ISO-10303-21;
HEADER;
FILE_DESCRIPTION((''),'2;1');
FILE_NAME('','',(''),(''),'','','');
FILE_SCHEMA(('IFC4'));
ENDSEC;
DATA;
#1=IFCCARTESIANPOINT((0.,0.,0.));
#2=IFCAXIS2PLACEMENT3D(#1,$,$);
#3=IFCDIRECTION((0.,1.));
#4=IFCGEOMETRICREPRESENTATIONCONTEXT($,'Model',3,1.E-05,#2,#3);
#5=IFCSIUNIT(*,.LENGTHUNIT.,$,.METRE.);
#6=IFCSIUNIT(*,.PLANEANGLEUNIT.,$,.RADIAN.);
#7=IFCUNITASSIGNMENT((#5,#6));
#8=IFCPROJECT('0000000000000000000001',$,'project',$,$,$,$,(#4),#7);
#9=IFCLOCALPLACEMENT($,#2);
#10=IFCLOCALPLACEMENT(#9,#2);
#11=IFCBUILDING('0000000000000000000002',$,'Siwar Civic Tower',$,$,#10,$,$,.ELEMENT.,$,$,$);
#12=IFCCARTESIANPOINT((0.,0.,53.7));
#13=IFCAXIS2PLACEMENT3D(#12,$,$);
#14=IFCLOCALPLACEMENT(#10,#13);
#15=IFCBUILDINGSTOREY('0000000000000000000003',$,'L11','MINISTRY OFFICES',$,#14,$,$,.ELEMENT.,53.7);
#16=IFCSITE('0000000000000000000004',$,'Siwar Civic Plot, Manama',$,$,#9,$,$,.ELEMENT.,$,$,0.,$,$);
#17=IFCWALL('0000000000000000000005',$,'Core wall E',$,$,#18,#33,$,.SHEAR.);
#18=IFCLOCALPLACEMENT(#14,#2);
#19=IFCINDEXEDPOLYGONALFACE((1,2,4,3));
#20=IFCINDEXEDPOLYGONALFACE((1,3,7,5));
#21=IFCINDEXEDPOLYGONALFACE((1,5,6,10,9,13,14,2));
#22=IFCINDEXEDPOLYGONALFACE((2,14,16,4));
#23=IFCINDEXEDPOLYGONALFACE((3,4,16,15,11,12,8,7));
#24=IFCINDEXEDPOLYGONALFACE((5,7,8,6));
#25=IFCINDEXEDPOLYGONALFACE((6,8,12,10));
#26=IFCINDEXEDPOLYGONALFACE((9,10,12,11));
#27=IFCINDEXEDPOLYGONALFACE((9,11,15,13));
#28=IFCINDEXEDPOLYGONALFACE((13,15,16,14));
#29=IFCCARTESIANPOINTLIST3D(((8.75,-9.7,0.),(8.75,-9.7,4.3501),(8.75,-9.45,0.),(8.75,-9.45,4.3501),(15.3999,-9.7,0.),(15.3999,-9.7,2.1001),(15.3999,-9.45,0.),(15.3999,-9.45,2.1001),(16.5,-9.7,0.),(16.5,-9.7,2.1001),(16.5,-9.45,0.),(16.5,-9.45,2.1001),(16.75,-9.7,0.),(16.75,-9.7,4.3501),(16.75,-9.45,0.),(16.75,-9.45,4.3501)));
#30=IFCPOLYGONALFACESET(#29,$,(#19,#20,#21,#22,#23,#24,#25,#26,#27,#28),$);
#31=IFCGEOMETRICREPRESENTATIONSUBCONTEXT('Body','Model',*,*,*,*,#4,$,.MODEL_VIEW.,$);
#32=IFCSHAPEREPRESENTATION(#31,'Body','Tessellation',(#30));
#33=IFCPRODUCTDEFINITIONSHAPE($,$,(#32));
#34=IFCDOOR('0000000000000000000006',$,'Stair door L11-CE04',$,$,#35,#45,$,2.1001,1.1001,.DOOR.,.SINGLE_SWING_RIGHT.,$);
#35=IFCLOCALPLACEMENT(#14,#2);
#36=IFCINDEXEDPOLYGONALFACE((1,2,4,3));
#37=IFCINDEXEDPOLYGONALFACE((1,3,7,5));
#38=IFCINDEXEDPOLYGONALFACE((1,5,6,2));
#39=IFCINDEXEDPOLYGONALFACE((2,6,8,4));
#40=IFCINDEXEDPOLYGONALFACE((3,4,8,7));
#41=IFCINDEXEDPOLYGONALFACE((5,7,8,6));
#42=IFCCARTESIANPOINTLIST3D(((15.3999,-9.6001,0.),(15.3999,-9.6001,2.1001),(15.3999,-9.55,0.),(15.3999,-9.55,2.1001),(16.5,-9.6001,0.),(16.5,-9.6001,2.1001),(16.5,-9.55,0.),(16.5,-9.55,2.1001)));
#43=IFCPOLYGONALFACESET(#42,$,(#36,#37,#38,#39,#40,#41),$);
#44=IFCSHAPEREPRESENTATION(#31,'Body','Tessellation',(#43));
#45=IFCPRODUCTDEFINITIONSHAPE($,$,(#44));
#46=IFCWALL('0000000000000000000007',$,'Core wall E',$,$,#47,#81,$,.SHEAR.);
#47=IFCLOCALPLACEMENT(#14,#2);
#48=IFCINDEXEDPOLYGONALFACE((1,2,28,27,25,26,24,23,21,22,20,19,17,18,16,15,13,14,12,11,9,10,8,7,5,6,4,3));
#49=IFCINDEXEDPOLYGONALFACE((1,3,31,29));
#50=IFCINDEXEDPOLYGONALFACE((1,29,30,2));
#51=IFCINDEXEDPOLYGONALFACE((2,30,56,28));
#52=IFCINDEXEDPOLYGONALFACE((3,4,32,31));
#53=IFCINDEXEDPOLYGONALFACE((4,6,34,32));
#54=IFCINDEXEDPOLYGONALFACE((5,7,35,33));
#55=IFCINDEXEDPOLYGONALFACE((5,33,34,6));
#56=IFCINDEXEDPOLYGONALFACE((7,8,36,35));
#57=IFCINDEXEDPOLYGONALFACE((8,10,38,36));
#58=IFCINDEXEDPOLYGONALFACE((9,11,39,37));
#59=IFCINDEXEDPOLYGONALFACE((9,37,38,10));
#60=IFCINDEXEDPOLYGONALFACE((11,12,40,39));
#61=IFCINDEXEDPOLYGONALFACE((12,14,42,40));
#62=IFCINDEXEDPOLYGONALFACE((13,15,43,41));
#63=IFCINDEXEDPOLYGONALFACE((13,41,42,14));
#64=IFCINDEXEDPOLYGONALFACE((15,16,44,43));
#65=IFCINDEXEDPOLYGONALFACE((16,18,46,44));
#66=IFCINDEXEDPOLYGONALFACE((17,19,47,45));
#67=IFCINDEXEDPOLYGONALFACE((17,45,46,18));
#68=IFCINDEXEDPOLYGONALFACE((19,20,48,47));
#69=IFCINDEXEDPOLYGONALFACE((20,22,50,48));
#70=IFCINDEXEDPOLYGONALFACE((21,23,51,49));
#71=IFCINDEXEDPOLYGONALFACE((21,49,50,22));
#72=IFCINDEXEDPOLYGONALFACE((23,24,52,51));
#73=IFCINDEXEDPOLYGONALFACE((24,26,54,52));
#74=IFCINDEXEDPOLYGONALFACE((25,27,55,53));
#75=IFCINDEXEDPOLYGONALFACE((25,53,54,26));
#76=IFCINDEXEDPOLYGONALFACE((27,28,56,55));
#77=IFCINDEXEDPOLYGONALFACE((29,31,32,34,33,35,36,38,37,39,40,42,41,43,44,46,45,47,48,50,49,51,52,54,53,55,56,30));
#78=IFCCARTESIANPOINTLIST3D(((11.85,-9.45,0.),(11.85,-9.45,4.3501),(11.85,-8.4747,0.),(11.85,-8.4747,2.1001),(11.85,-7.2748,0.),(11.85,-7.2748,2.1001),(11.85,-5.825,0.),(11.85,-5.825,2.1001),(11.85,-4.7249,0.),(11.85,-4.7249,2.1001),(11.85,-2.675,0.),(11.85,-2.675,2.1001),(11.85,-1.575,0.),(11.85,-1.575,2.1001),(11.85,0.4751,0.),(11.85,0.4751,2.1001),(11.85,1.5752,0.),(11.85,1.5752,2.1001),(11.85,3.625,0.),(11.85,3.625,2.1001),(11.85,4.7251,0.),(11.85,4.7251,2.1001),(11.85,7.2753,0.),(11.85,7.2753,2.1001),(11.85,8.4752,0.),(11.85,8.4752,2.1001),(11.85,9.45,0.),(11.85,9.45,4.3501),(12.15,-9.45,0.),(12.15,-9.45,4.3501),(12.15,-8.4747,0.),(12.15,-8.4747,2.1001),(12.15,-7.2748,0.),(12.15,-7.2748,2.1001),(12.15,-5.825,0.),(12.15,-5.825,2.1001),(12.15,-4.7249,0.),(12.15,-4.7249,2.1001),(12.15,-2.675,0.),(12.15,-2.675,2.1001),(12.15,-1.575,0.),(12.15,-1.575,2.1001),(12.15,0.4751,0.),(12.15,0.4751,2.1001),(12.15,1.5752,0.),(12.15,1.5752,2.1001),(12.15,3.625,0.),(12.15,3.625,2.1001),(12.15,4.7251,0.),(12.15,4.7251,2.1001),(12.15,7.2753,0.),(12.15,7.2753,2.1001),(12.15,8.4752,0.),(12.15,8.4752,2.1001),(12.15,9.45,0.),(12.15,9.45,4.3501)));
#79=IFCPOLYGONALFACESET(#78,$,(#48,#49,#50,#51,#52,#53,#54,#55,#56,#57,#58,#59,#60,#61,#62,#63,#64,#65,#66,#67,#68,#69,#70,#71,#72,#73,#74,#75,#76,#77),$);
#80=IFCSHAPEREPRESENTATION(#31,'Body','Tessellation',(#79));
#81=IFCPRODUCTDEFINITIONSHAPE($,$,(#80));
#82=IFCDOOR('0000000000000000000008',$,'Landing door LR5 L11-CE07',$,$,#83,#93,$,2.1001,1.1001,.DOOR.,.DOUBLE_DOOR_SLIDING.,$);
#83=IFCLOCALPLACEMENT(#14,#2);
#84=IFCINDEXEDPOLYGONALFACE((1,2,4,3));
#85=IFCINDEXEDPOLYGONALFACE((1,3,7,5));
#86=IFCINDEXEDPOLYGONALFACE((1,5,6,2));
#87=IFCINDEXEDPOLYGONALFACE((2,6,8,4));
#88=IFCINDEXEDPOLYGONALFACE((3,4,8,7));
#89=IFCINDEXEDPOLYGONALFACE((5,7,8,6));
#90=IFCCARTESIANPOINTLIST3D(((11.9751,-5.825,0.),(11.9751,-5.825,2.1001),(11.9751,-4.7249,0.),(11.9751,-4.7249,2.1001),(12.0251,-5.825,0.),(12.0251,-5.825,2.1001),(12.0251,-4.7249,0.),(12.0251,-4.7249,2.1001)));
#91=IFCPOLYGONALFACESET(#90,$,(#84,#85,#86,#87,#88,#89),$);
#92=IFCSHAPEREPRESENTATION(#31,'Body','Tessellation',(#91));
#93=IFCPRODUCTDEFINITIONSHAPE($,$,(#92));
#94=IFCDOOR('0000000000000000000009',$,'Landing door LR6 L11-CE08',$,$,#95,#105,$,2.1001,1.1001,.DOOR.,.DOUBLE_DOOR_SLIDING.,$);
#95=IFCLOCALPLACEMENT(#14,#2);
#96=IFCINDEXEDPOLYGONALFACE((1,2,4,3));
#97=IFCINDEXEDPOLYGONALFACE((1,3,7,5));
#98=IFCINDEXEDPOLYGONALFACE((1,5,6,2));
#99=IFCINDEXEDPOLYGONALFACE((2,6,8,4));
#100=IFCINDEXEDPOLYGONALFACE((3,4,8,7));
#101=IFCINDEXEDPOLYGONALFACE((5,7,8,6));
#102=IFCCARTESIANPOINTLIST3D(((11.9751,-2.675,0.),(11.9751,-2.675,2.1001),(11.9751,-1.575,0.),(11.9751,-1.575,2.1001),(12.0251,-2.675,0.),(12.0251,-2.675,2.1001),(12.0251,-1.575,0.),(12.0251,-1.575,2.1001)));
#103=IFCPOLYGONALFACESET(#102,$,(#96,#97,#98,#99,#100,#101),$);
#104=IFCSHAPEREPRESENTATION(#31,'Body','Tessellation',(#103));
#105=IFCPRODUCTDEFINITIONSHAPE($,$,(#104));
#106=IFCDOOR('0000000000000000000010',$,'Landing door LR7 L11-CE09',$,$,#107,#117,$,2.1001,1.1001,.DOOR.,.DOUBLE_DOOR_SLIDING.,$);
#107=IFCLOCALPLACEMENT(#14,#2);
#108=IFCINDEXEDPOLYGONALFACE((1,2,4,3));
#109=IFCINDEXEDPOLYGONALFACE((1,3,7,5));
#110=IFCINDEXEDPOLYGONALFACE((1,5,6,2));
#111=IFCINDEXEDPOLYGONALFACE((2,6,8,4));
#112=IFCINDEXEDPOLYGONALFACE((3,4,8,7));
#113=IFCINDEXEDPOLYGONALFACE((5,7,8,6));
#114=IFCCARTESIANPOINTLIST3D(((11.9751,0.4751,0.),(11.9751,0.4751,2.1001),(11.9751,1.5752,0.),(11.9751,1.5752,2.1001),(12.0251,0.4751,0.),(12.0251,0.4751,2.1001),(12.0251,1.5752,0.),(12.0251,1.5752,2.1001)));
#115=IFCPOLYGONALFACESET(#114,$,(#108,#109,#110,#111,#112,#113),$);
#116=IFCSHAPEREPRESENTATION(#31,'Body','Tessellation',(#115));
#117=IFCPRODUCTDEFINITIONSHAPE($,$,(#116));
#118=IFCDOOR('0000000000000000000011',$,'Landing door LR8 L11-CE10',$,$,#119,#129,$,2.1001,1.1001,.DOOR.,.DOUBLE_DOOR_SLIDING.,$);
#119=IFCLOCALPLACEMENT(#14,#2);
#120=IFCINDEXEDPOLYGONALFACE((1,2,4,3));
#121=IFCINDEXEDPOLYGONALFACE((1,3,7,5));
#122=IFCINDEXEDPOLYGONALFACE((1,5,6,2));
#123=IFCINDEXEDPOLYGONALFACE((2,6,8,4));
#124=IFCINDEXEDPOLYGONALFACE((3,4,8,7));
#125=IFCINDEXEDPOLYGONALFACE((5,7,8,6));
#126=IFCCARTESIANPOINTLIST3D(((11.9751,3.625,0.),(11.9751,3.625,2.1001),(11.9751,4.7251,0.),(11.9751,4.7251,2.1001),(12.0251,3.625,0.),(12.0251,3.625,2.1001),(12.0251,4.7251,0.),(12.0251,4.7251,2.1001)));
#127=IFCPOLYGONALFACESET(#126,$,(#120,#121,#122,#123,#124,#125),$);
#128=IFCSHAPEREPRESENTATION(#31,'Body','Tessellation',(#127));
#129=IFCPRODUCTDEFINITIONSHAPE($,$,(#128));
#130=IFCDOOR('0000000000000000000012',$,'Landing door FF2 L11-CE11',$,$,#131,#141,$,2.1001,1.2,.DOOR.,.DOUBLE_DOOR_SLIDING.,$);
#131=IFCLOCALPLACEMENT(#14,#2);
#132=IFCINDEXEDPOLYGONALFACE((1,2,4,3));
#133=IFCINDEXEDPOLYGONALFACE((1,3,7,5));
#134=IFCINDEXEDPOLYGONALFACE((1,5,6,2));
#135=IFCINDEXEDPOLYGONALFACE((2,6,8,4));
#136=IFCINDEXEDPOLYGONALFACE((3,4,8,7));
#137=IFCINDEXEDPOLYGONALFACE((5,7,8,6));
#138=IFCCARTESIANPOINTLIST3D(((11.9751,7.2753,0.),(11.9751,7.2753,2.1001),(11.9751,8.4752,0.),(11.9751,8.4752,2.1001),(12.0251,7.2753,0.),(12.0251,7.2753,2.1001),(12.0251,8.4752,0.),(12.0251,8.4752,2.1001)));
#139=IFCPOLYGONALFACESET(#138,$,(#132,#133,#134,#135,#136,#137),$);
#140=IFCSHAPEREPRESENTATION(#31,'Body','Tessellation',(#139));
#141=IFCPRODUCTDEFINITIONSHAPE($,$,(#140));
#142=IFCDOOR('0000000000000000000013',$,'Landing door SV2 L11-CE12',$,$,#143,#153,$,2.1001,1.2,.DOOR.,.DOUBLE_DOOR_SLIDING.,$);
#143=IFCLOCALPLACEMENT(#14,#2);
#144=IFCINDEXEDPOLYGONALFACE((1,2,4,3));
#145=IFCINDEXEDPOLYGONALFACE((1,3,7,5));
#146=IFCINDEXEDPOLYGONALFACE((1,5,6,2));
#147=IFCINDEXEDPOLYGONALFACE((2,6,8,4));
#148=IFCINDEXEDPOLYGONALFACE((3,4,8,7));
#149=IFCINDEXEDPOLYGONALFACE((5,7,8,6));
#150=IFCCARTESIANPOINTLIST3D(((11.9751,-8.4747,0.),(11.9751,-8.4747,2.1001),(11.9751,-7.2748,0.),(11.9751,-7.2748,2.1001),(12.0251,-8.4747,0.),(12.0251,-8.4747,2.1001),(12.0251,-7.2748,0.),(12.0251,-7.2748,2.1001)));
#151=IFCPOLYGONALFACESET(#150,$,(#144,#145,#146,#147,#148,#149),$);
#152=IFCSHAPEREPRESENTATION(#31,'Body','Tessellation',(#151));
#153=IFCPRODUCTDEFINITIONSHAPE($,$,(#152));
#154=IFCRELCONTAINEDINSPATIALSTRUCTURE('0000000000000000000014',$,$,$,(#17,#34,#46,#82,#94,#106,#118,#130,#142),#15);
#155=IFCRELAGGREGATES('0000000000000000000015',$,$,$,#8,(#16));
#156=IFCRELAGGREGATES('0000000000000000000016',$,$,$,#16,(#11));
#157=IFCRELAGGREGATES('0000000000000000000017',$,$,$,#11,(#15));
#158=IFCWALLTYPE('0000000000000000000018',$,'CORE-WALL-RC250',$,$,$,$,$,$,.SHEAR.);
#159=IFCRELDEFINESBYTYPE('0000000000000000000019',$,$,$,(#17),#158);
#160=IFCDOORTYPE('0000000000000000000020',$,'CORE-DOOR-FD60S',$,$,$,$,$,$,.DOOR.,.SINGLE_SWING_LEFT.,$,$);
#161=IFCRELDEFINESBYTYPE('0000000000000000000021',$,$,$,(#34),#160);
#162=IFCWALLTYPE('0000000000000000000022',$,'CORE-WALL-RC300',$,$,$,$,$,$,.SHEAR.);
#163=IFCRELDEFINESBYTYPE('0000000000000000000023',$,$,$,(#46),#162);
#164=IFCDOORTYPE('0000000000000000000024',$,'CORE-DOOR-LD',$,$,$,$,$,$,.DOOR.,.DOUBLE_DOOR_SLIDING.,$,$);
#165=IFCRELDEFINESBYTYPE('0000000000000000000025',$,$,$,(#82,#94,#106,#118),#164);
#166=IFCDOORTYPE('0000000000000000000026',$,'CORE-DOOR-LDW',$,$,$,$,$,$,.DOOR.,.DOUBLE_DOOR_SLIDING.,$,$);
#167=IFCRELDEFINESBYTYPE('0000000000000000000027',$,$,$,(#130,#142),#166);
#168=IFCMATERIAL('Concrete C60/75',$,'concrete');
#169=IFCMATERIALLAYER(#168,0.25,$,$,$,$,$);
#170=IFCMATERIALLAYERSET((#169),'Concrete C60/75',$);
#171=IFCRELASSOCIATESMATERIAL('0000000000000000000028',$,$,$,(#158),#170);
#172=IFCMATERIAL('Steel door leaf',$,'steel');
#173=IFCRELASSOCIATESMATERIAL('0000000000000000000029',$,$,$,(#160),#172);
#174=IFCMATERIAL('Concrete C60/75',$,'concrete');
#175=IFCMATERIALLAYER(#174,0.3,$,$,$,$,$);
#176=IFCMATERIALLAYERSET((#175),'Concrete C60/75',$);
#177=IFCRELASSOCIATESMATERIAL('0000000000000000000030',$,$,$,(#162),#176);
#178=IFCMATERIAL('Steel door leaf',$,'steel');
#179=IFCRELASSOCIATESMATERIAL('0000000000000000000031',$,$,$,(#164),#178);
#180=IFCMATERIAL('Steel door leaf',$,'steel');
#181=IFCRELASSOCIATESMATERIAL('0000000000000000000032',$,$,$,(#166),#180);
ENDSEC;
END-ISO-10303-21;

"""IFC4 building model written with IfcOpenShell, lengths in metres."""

from ifc_helpers import new_model, si_unit, direction, frame, frame_2d, origin, place, context, subcontext, project, spatial, rectangle, extrude, material, layer, layer_set, type_object, element, fill, save


model = new_model("IFC4")

# Units and contexts
model_context = context("Model", 3, precision=1e-05, world=origin(), true_north=direction((0.0, 1.0)))
body_context = subcontext(model_context, "Body", "Model", "MODEL_VIEW")
ifc_project = project(units=[si_unit("LENGTHUNIT", "METRE"), si_unit("PLANEANGLEUNIT", "RADIAN")], contexts=[model_context])

# Site, building, storey
site_placement = place(None, origin())
site = spatial("IfcSite", under=ifc_project, at=site_placement, Name="Siwar Civic Plot, Manama", CompositionType="ELEMENT", RefElevation=0.0)
building_placement = place(site_placement, origin())
building = spatial("IfcBuilding", under=site, at=building_placement, Name="Siwar Civic Tower", CompositionType="ELEMENT")
storey_placement = place(building_placement, frame((0.0, 0.0, 53.7)))
storey = spatial("IfcBuildingStorey", under=building, at=storey_placement, Name="L11", Description="MINISTRY OFFICES", CompositionType="ELEMENT", Elevation=53.7)

# Wall, opening, door
ifc_material_1 = material(Name="Concrete C60/75", Category="concrete")
ifc_layer_1 = layer(ifc_material_1, 0.25)
ifc_layer_set_1 = layer_set([ifc_layer_1], Name="Concrete C60/75")
wall_type_1 = type_object("IfcWallType", Name="CORE-WALL-RC250", PredefinedType="SHEAR", material=ifc_layer_set_1)
wall_1_placement = place(storey_placement, frame((8.75, -9.575, 0.0), z_axis=(0.0, 0.0, 1.0), x_axis=(1.0, 0.0, 0.0)))
wall_1 = element("IfcWall", 1, at=wall_1_placement, inside=storey, type_object=wall_type_1, Name="Core wall E", PredefinedType="SHEAR", context=body_context, shape_type="SweptSolid", body=[
    extrude(rectangle(XDim=8.0, YDim=0.25, at=frame_2d((4.0, 0.0))), origin(), (0.0, 0.0, 1.0), 4.3501),
])
opening_1_placement = place(wall_1_placement, frame((6.6499, 0.0, 0.0)))
opening_1 = element("IfcOpeningElement", 2, at=opening_1_placement, cuts=wall_1, PredefinedType="OPENING", context=body_context, shape_type="SweptSolid", body=[
    extrude(rectangle(XDim=1.1001, YDim=2.1001, at=frame_2d((0.55, 1.05))), frame((0.0, 0.135, 0.0), z_axis=(0.0, -1.0, 0.0), x_axis=(1.0, 0.0, 0.0)), (0.0, 0.0, 1.0), 0.27),
])
ifc_material_2 = material(Name="Steel door leaf", Category="steel")
door_type_1 = type_object("IfcDoorType", Name="CORE-DOOR-FD60S", OperationType="SINGLE_SWING_LEFT", PredefinedType="DOOR", material=ifc_material_2)
door_1_placement = place(opening_1_placement, origin())
door_1 = element("IfcDoor", 3, at=door_1_placement, inside=storey, type_object=door_type_1, Name="Stair door L11-CE04", OperationType="SINGLE_SWING_RIGHT", OverallHeight=2.1001, OverallWidth=1.1001, PredefinedType="DOOR", context=body_context, shape_type="SweptSolid", body=[
    extrude(rectangle(XDim=1.1001, YDim=2.1001, at=frame_2d((0.55, 1.05))), frame((0.0, 0.0249, 0.0), z_axis=(0.0, -1.0, 0.0), x_axis=(1.0, 0.0, 0.0)), (0.0, 0.0, 1.0), 0.05),
])
fill(opening_1, door_1)

# Wall, openings, doors
ifc_material_3 = material(Name="Concrete C60/75", Category="concrete")
ifc_layer_2 = layer(ifc_material_3, 0.3)
ifc_layer_set_2 = layer_set([ifc_layer_2], Name="Concrete C60/75")
wall_type_2 = type_object("IfcWallType", Name="CORE-WALL-RC300", PredefinedType="SHEAR", material=ifc_layer_set_2)
wall_2_placement = place(storey_placement, frame((12.0, -9.45, 0.0), z_axis=(0.0, 0.0, 1.0), x_axis=(0.0, 1.0, 0.0)))
wall_2 = element("IfcWall", 4, at=wall_2_placement, inside=storey, type_object=wall_type_2, Name="Core wall E", PredefinedType="SHEAR", context=body_context, shape_type="SweptSolid", body=[
    extrude(rectangle(XDim=18.8999, YDim=0.3, at=frame_2d((9.45, 0.0))), origin(), (0.0, 0.0, 1.0), 4.3501),
])
opening_2_placement = place(wall_2_placement, frame((3.625, 0.0, 0.0)))
opening_2 = element("IfcOpeningElement", 5, at=opening_2_placement, cuts=wall_2, PredefinedType="OPENING", context=body_context, shape_type="SweptSolid", body=[
    extrude(rectangle(XDim=1.1001, YDim=2.1001, at=frame_2d((0.55, 1.05))), frame((0.0, 0.1602, 0.0), z_axis=(0.0, -1.0, 0.0), x_axis=(1.0, 0.0, 0.0)), (0.0, 0.0, 1.0), 0.3201),
])
opening_3_placement = place(wall_2_placement, frame((6.7749, 0.0, 0.0)))
opening_3 = element("IfcOpeningElement", 6, at=opening_3_placement, cuts=wall_2, PredefinedType="OPENING", context=body_context, shape_type="SweptSolid", body=[
    extrude(rectangle(XDim=1.1001, YDim=2.1001, at=frame_2d((0.55, 1.05))), frame((0.0, 0.1602, 0.0), z_axis=(0.0, -1.0, 0.0), x_axis=(1.0, 0.0, 0.0)), (0.0, 0.0, 1.0), 0.3201),
])
opening_4_placement = place(wall_2_placement, frame((9.925, 0.0, 0.0)))
opening_4 = element("IfcOpeningElement", 7, at=opening_4_placement, cuts=wall_2, PredefinedType="OPENING", context=body_context, shape_type="SweptSolid", body=[
    extrude(rectangle(XDim=1.1001, YDim=2.1001, at=frame_2d((0.55, 1.05))), frame((0.0, 0.1602, 0.0), z_axis=(0.0, -1.0, 0.0), x_axis=(1.0, 0.0, 0.0)), (0.0, 0.0, 1.0), 0.3201),
])
opening_5_placement = place(wall_2_placement, frame((13.075, 0.0, 0.0)))
opening_5 = element("IfcOpeningElement", 8, at=opening_5_placement, cuts=wall_2, PredefinedType="OPENING", context=body_context, shape_type="SweptSolid", body=[
    extrude(rectangle(XDim=1.1001, YDim=2.1001, at=frame_2d((0.55, 1.05))), frame((0.0, 0.1602, 0.0), z_axis=(0.0, -1.0, 0.0), x_axis=(1.0, 0.0, 0.0)), (0.0, 0.0, 1.0), 0.3201),
])
opening_6_placement = place(wall_2_placement, frame((16.7251, 0.0, 0.0)))
opening_6 = element("IfcOpeningElement", 9, at=opening_6_placement, cuts=wall_2, PredefinedType="OPENING", context=body_context, shape_type="SweptSolid", body=[
    extrude(rectangle(XDim=1.2, YDim=2.1001, at=frame_2d((0.6001, 1.05))), frame((0.0, 0.1602, 0.0), z_axis=(0.0, -1.0, 0.0), x_axis=(1.0, 0.0, 0.0)), (0.0, 0.0, 1.0), 0.3201),
])
opening_7_placement = place(wall_2_placement, frame((0.9751, 0.0, 0.0)))
opening_7 = element("IfcOpeningElement", 10, at=opening_7_placement, cuts=wall_2, PredefinedType="OPENING", context=body_context, shape_type="SweptSolid", body=[
    extrude(rectangle(XDim=1.2, YDim=2.1001, at=frame_2d((0.6001, 1.05))), frame((0.0, 0.1602, 0.0), z_axis=(0.0, -1.0, 0.0), x_axis=(1.0, 0.0, 0.0)), (0.0, 0.0, 1.0), 0.3201),
])
ifc_material_4 = material(Name="Steel door leaf", Category="steel")
door_type_2 = type_object("IfcDoorType", Name="CORE-DOOR-LD", OperationType="DOUBLE_DOOR_SLIDING", PredefinedType="DOOR", material=ifc_material_4)
door_2_placement = place(opening_2_placement, origin())
door_2 = element("IfcDoor", 11, at=door_2_placement, inside=storey, type_object=door_type_2, Name="Landing door LR5 L11-CE07", OperationType="DOUBLE_DOOR_SLIDING", OverallHeight=2.1001, OverallWidth=1.1001, PredefinedType="DOOR", context=body_context, shape_type="SweptSolid", body=[
    extrude(rectangle(XDim=1.1001, YDim=2.1001, at=frame_2d((0.55, 1.05))), frame((0.0, 0.0249, 0.0), z_axis=(0.0, -1.0, 0.0), x_axis=(1.0, 0.0, 0.0)), (0.0, 0.0, 1.0), 0.05),
])
fill(opening_2, door_2)
door_3_placement = place(opening_3_placement, origin())
door_3 = element("IfcDoor", 12, at=door_3_placement, inside=storey, type_object=door_type_2, Name="Landing door LR6 L11-CE08", OperationType="DOUBLE_DOOR_SLIDING", OverallHeight=2.1001, OverallWidth=1.1001, PredefinedType="DOOR", context=body_context, shape_type="SweptSolid", body=[
    extrude(rectangle(XDim=1.1001, YDim=2.1001, at=frame_2d((0.55, 1.05))), frame((0.0, 0.0249, 0.0), z_axis=(0.0, -1.0, 0.0), x_axis=(1.0, 0.0, 0.0)), (0.0, 0.0, 1.0), 0.05),
])
fill(opening_3, door_3)
door_4_placement = place(opening_4_placement, origin())
door_4 = element("IfcDoor", 13, at=door_4_placement, inside=storey, type_object=door_type_2, Name="Landing door LR7 L11-CE09", OperationType="DOUBLE_DOOR_SLIDING", OverallHeight=2.1001, OverallWidth=1.1001, PredefinedType="DOOR", context=body_context, shape_type="SweptSolid", body=[
    extrude(rectangle(XDim=1.1001, YDim=2.1001, at=frame_2d((0.55, 1.05))), frame((0.0, 0.0249, 0.0), z_axis=(0.0, -1.0, 0.0), x_axis=(1.0, 0.0, 0.0)), (0.0, 0.0, 1.0), 0.05),
])
fill(opening_4, door_4)
door_5_placement = place(opening_5_placement, origin())
door_5 = element("IfcDoor", 14, at=door_5_placement, inside=storey, type_object=door_type_2, Name="Landing door LR8 L11-CE10", OperationType="DOUBLE_DOOR_SLIDING", OverallHeight=2.1001, OverallWidth=1.1001, PredefinedType="DOOR", context=body_context, shape_type="SweptSolid", body=[
    extrude(rectangle(XDim=1.1001, YDim=2.1001, at=frame_2d((0.55, 1.05))), frame((0.0, 0.0249, 0.0), z_axis=(0.0, -1.0, 0.0), x_axis=(1.0, 0.0, 0.0)), (0.0, 0.0, 1.0), 0.05),
])
fill(opening_5, door_5)
ifc_material_5 = material(Name="Steel door leaf", Category="steel")
door_type_3 = type_object("IfcDoorType", Name="CORE-DOOR-LDW", OperationType="DOUBLE_DOOR_SLIDING", PredefinedType="DOOR", material=ifc_material_5)
door_6_placement = place(opening_6_placement, origin())
door_6 = element("IfcDoor", 15, at=door_6_placement, inside=storey, type_object=door_type_3, Name="Landing door FF2 L11-CE11", OperationType="DOUBLE_DOOR_SLIDING", OverallHeight=2.1001, OverallWidth=1.2, PredefinedType="DOOR", context=body_context, shape_type="SweptSolid", body=[
    extrude(rectangle(XDim=1.2, YDim=2.1001, at=frame_2d((0.6001, 1.05))), frame((0.0, 0.0249, 0.0), z_axis=(0.0, -1.0, 0.0), x_axis=(1.0, 0.0, 0.0)), (0.0, 0.0, 1.0), 0.05),
])
fill(opening_6, door_6)
door_7_placement = place(opening_7_placement, origin())
door_7 = element("IfcDoor", 16, at=door_7_placement, inside=storey, type_object=door_type_3, Name="Landing door SV2 L11-CE12", OperationType="DOUBLE_DOOR_SLIDING", OverallHeight=2.1001, OverallWidth=1.2, PredefinedType="DOOR", context=body_context, shape_type="SweptSolid", body=[
    extrude(rectangle(XDim=1.2, YDim=2.1001, at=frame_2d((0.6001, 1.05))), frame((0.0, 0.0249, 0.0), z_axis=(0.0, -1.0, 0.0), x_axis=(1.0, 0.0, 0.0)), (0.0, 0.0, 1.0), 0.05),
])
fill(opening_7, door_7)

save(model, "model.ifc")
